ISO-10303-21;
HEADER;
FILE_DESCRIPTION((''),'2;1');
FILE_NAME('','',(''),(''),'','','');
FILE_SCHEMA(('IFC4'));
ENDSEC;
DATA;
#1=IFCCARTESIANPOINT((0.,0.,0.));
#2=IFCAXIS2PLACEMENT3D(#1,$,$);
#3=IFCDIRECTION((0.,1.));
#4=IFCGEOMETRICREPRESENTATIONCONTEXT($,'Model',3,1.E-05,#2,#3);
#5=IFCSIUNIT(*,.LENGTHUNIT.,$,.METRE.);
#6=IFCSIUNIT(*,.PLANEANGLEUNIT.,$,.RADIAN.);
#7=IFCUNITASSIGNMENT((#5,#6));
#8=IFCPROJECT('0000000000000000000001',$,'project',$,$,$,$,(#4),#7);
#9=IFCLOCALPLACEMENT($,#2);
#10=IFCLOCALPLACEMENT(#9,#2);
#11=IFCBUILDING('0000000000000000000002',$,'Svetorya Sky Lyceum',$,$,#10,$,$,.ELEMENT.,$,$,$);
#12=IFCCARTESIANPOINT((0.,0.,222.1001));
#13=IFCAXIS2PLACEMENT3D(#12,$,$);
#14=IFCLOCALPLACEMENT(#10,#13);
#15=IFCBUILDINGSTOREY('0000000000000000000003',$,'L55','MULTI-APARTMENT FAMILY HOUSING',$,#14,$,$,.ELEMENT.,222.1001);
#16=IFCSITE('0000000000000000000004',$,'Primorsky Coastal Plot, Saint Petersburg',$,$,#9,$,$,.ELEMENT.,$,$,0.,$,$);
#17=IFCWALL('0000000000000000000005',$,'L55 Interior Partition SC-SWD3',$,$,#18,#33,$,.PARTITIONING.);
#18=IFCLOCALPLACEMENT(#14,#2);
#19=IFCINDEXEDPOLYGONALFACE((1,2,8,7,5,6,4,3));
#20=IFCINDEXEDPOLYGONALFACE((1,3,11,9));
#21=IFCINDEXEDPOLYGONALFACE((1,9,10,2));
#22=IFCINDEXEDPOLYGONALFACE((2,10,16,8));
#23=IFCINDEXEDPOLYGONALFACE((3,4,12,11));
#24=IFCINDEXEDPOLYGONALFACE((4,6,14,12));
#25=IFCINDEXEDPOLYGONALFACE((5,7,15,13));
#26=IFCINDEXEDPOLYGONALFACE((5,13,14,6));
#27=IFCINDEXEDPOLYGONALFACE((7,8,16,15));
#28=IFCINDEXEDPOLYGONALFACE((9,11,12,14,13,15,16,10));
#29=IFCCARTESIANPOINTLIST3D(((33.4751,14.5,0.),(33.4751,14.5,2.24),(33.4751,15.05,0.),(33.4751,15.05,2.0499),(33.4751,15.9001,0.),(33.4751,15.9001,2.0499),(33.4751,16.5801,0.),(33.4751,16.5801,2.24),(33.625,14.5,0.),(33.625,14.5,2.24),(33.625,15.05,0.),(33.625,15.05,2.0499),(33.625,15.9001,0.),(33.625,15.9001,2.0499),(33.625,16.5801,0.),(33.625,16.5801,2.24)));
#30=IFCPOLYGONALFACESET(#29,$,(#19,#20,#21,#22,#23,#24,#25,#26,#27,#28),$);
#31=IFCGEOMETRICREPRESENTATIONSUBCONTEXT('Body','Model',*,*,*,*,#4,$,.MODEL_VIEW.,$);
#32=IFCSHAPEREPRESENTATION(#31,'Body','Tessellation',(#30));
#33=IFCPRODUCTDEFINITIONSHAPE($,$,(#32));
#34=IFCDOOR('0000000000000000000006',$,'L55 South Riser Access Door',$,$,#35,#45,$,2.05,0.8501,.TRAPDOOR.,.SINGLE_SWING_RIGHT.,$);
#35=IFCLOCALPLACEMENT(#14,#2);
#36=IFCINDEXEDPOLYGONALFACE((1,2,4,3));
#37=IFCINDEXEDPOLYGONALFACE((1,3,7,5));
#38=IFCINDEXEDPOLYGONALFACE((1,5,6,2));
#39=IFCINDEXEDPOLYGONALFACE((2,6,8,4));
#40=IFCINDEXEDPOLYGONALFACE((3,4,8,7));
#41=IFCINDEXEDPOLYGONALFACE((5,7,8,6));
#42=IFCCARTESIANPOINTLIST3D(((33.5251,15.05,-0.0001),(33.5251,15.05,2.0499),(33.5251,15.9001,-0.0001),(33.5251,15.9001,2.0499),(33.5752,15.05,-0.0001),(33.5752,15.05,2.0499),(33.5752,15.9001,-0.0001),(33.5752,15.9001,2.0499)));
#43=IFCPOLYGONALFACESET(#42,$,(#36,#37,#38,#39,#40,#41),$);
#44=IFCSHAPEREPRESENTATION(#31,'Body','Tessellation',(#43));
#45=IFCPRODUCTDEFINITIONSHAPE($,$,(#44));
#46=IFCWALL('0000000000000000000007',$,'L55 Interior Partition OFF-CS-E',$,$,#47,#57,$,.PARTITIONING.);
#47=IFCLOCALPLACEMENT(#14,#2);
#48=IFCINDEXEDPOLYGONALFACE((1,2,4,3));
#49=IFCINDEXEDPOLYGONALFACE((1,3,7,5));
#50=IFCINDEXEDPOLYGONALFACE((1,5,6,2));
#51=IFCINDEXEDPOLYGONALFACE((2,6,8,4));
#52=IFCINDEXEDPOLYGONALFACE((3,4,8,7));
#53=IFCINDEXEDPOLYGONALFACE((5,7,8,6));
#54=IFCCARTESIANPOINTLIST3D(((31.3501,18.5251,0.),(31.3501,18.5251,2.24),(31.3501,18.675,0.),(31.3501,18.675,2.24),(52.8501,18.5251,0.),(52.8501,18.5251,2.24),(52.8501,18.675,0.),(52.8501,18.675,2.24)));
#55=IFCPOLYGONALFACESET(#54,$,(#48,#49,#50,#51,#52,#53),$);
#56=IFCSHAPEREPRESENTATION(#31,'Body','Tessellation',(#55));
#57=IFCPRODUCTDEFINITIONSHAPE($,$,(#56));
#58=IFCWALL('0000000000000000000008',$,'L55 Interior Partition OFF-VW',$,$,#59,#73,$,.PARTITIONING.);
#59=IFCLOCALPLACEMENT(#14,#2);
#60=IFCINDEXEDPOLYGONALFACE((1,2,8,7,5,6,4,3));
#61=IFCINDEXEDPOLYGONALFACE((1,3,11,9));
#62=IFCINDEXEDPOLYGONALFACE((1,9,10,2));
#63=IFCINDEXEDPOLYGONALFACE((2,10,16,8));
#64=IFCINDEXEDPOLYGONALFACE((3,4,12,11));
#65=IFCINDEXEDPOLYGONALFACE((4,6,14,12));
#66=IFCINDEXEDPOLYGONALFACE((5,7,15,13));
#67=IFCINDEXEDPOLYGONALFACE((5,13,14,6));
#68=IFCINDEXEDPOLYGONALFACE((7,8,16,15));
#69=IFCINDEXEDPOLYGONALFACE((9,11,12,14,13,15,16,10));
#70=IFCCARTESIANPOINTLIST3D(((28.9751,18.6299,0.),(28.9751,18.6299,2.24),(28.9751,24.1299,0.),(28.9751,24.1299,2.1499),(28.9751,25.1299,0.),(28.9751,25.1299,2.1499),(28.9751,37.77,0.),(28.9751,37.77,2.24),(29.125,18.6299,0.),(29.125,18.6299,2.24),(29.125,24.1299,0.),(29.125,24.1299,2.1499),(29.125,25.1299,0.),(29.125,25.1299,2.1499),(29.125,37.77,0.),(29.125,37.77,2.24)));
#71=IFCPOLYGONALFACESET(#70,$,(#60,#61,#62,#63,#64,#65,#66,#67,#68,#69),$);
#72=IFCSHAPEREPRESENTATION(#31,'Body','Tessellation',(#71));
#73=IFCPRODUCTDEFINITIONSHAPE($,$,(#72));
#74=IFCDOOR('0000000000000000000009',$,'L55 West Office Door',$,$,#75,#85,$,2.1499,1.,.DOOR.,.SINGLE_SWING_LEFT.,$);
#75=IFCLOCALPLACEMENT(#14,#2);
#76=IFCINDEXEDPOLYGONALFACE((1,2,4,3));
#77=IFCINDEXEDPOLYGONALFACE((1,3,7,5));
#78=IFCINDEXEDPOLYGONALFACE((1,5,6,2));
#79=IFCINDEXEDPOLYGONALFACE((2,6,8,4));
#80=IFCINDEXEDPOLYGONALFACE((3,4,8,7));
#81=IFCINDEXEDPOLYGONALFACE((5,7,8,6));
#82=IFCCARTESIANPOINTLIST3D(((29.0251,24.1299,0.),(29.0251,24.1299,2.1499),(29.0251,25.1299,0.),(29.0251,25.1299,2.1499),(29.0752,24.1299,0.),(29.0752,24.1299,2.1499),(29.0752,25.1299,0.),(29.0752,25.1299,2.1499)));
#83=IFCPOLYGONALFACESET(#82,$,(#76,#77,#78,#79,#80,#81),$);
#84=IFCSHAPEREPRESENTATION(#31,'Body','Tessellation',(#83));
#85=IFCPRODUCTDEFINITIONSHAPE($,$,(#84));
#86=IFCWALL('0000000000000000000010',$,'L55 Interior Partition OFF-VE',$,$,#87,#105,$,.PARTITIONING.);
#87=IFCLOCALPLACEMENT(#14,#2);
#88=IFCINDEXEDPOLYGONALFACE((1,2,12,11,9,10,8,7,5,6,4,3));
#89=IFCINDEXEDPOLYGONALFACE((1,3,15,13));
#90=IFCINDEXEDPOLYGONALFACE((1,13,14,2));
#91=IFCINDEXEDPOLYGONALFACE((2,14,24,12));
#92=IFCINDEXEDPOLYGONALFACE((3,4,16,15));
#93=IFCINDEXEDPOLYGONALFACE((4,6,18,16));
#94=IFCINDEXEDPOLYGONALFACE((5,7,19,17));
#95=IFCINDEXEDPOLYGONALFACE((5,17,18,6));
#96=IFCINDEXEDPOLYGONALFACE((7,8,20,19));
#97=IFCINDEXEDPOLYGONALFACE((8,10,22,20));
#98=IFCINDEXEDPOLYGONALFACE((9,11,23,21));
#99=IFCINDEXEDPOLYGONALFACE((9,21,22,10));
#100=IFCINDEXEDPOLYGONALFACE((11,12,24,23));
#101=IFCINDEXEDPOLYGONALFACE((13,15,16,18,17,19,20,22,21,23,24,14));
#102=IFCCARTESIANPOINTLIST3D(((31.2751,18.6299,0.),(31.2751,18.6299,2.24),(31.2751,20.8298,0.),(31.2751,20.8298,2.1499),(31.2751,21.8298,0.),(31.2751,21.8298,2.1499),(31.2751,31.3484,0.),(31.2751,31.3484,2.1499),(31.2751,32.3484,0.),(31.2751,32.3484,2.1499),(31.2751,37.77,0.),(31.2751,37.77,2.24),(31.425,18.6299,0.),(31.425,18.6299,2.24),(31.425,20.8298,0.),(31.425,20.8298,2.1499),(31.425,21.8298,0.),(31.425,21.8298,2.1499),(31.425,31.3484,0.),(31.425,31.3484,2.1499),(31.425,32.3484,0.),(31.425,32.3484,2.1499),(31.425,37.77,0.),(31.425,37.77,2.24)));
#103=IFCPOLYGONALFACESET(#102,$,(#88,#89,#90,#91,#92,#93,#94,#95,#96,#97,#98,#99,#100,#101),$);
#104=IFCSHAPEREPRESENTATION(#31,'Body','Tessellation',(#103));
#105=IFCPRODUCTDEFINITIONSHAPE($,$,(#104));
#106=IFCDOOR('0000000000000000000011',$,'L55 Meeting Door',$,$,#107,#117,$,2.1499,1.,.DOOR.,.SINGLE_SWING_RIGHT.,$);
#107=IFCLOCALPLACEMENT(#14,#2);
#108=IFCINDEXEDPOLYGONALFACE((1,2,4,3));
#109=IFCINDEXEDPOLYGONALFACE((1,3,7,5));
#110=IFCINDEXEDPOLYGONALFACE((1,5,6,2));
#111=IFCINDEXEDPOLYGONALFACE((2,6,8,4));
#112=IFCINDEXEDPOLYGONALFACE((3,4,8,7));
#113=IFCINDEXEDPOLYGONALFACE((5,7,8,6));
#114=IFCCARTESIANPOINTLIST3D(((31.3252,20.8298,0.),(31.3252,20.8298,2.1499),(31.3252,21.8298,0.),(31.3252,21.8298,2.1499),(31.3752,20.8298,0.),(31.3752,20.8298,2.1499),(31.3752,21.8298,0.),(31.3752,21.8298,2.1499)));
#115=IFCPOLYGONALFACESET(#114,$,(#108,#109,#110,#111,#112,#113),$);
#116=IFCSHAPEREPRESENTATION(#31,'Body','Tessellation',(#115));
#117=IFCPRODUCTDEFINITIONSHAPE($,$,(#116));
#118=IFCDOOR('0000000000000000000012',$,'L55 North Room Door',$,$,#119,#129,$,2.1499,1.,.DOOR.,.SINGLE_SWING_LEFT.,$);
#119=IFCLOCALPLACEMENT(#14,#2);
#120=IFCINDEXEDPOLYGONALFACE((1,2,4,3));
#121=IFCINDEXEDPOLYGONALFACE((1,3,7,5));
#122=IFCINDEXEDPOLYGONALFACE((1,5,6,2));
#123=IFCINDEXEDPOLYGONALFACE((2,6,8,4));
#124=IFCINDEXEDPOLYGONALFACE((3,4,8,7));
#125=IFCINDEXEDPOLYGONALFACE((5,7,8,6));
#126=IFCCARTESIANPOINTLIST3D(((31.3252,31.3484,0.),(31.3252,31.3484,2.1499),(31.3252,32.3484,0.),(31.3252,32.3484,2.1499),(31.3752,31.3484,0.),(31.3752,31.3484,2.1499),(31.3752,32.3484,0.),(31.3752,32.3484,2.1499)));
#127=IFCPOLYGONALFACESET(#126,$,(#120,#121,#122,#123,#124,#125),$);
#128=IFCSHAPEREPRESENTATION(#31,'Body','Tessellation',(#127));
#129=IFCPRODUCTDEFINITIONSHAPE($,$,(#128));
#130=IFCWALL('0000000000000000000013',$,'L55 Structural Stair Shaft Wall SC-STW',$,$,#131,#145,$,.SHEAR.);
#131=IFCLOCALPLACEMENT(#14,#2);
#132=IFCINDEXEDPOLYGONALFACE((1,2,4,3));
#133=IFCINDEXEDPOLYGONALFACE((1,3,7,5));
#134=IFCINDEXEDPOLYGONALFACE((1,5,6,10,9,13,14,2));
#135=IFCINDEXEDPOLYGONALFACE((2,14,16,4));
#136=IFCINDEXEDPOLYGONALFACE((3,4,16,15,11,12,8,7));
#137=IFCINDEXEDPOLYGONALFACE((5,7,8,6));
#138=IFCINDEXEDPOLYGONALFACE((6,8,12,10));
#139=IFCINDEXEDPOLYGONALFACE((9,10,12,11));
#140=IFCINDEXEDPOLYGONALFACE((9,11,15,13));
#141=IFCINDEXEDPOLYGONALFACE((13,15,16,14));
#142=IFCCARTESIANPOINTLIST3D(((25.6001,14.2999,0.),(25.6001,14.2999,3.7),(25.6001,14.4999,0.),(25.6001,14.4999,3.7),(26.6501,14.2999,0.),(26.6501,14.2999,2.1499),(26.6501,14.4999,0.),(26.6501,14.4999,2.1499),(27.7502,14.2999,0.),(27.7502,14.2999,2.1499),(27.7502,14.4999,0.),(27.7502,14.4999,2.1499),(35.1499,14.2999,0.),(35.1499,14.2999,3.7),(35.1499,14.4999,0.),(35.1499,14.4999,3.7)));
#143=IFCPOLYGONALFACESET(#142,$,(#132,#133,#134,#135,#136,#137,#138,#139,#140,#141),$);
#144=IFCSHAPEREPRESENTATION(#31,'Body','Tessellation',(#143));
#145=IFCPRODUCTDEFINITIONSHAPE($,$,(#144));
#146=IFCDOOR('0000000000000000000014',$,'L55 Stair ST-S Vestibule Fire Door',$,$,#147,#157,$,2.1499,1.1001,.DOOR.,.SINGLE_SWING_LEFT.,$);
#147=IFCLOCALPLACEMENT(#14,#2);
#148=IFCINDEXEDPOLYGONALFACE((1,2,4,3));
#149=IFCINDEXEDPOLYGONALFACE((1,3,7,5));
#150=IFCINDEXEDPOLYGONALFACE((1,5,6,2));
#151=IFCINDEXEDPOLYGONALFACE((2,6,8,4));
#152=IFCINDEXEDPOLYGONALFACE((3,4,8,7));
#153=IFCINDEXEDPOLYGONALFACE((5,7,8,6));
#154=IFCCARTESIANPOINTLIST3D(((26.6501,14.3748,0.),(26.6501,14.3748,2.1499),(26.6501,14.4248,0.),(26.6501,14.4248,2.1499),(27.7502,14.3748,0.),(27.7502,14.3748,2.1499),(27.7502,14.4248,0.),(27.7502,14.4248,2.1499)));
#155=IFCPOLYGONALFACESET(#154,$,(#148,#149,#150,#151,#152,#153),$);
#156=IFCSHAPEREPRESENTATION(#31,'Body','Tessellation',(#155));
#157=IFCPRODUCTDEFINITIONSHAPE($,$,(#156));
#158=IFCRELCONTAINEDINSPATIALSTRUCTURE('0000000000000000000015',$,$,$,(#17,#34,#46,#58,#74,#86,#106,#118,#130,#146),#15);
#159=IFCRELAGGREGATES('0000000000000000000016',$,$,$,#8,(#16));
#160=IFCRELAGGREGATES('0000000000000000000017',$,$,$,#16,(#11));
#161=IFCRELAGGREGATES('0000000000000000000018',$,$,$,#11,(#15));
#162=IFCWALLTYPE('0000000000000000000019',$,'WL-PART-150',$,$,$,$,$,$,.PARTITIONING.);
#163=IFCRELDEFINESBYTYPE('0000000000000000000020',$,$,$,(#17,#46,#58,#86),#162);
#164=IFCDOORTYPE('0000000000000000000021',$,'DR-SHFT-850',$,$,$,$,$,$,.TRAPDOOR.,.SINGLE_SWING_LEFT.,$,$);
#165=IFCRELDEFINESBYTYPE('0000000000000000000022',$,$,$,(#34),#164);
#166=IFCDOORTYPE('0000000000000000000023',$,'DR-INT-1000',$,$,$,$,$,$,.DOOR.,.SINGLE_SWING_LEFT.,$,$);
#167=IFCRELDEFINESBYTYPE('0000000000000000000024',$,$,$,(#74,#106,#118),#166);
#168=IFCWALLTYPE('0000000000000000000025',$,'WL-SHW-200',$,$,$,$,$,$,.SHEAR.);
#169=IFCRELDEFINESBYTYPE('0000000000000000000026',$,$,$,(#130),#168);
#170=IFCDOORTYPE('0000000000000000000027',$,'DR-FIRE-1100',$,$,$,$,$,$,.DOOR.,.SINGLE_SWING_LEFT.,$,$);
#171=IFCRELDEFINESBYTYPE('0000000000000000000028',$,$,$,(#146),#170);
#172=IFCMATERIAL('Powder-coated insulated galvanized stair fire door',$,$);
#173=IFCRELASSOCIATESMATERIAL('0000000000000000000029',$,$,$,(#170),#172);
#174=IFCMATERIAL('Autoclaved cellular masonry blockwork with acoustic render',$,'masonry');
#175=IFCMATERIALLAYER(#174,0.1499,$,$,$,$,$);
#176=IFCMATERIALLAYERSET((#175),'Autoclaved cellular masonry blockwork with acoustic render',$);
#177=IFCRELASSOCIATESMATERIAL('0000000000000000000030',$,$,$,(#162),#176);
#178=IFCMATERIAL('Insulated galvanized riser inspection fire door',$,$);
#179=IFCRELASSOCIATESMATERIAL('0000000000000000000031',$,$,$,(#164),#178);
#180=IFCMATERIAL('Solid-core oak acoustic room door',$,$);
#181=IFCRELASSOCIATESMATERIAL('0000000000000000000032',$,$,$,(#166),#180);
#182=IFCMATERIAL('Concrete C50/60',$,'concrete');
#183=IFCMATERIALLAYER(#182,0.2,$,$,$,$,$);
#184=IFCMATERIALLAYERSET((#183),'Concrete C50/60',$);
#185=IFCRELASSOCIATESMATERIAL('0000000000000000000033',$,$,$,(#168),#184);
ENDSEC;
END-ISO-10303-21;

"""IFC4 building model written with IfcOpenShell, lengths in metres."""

from ifc_helpers import new_model, si_unit, direction, frame, frame_2d, origin, place, context, subcontext, project, spatial, rectangle, extrude, material, layer, layer_set, type_object, element, fill, save


model = new_model("IFC4")

# Units and contexts
model_context = context("Model", 3, precision=1e-05, world=origin(), true_north=direction((0.0, 1.0)))
body_context = subcontext(model_context, "Body", "Model", "MODEL_VIEW")
ifc_project = project(units=[si_unit("LENGTHUNIT", "METRE"), si_unit("PLANEANGLEUNIT", "RADIAN")], contexts=[model_context])

# Site, building, storey
site_placement = place(None, origin())
site = spatial("IfcSite", under=ifc_project, at=site_placement, Name="Primorsky Coastal Plot, Saint Petersburg", CompositionType="ELEMENT", RefElevation=0.0)
building_placement = place(site_placement, origin())
building = spatial("IfcBuilding", under=site, at=building_placement, Name="Svetorya Sky Lyceum", CompositionType="ELEMENT")
storey_placement = place(building_placement, frame((0.0, 0.0, 222.1001)))
storey = spatial("IfcBuildingStorey", under=building, at=storey_placement, Name="L55", Description="MULTI-APARTMENT FAMILY HOUSING", CompositionType="ELEMENT", Elevation=222.1001)

# Shared definitions
ifc_material_1 = material(Name="Concrete C50/60", Category="concrete")

# Shared definitions
ifc_material_2 = material(Name="Powder-coated insulated galvanized stair fire door")
door_type_1 = type_object("IfcDoorType", Name="DR-FIRE-1100", OperationType="SINGLE_SWING_LEFT", PredefinedType="DOOR", material=ifc_material_2)

# Shared definitions
ifc_material_3 = material(Name="Autoclaved cellular masonry blockwork with acoustic render", Category="masonry")
ifc_layer_1 = layer(ifc_material_3, 0.1499)
ifc_layer_set_1 = layer_set([ifc_layer_1], Name="Autoclaved cellular masonry blockwork with acoustic render")
wall_type_1 = type_object("IfcWallType", Name="WL-PART-150", PredefinedType="PARTITIONING", material=ifc_layer_set_1)

# Wall, opening, door
wall_1_placement = place(storey_placement, frame((33.55, 14.5, 0.0), z_axis=(0.0, 0.0, 1.0), x_axis=(0.0, 1.0, 0.0)))
wall_1 = element("IfcWall", 1, at=wall_1_placement, inside=storey, type_object=wall_type_1, Name="L55 Interior Partition SC-SWD3", PredefinedType="PARTITIONING", context=body_context, shape_type="SweptSolid", body=[
    extrude(rectangle(XDim=2.0801, YDim=0.1499, at=frame_2d((1.04, 0.0))), origin(), (0.0, 0.0, 1.0), 2.24),
])
opening_1_placement = place(wall_1_placement, frame((0.55, 0.0, 0.0)))
opening_1 = element("IfcOpeningElement", 2, at=opening_1_placement, cuts=wall_1, PredefinedType="OPENING", context=body_context, shape_type="SweptSolid", body=[
    extrude(rectangle(XDim=0.8501, YDim=2.05, at=frame_2d((0.425, 1.0249))), frame((0.0, 0.085, 0.0), z_axis=(0.0, -1.0, 0.0), x_axis=(1.0, 0.0, 0.0)), (0.0, 0.0, 1.0), 0.1699),
])
ifc_material_4 = material(Name="Insulated galvanized riser inspection fire door")
door_type_2 = type_object("IfcDoorType", Name="DR-SHFT-850", OperationType="SINGLE_SWING_LEFT", PredefinedType="TRAPDOOR", material=ifc_material_4)
door_1_placement = place(opening_1_placement, origin())
door_1 = element("IfcDoor", 3, at=door_1_placement, inside=storey, type_object=door_type_2, Name="L55 South Riser Access Door", OperationType="SINGLE_SWING_RIGHT", OverallHeight=2.05, OverallWidth=0.8501, PredefinedType="TRAPDOOR", context=body_context, shape_type="SweptSolid", body=[
    extrude(rectangle(XDim=0.8501, YDim=2.05, at=frame_2d((0.425, 1.0249))), frame((0.0, 0.0249, 0.0), z_axis=(0.0, -1.0, 0.0), x_axis=(1.0, 0.0, 0.0)), (0.0, 0.0, 1.0), 0.05),
])
fill(opening_1, door_1)

# Wall
wall_2_placement = place(storey_placement, frame((31.3501, 18.6001, 0.0), z_axis=(0.0, 0.0, 1.0), x_axis=(1.0, 0.0, 0.0)))
element("IfcWall", 4, at=wall_2_placement, inside=storey, type_object=wall_type_1, Name="L55 Interior Partition OFF-CS-E", PredefinedType="PARTITIONING", context=body_context, shape_type="SweptSolid", body=[
    extrude(rectangle(XDim=21.5, YDim=0.1499, at=frame_2d((10.75, 0.0))), origin(), (0.0, 0.0, 1.0), 2.24),
])

# Wall, opening, door
wall_3_placement = place(storey_placement, frame((29.05, 18.6299, 0.0), z_axis=(0.0, 0.0, 1.0), x_axis=(0.0, 1.0, 0.0)))
wall_3 = element("IfcWall", 5, at=wall_3_placement, inside=storey, type_object=wall_type_1, Name="L55 Interior Partition OFF-VW", PredefinedType="PARTITIONING", context=body_context, shape_type="SweptSolid", body=[
    extrude(rectangle(XDim=19.1401, YDim=0.1499, at=frame_2d((9.5701, 0.0))), origin(), (0.0, 0.0, 1.0), 2.24),
])
opening_2_placement = place(wall_3_placement, frame((5.5, 0.0, 0.0)))
opening_2 = element("IfcOpeningElement", 6, at=opening_2_placement, cuts=wall_3, PredefinedType="OPENING", context=body_context, shape_type="SweptSolid", body=[
    extrude(rectangle(XDim=1.0, YDim=2.1499, at=frame_2d((0.5, 1.075))), frame((0.0, 0.085, 0.0), z_axis=(0.0, -1.0, 0.0), x_axis=(1.0, 0.0, 0.0)), (0.0, 0.0, 1.0), 0.1699),
])
ifc_material_5 = material(Name="Solid-core oak acoustic room door")
door_type_3 = type_object("IfcDoorType", Name="DR-INT-1000", OperationType="SINGLE_SWING_LEFT", PredefinedType="DOOR", material=ifc_material_5)
door_2_placement = place(opening_2_placement, origin())
door_2 = element("IfcDoor", 7, at=door_2_placement, inside=storey, type_object=door_type_3, Name="L55 West Office Door", OperationType="SINGLE_SWING_LEFT", OverallHeight=2.1499, OverallWidth=1.0, PredefinedType="DOOR", context=body_context, shape_type="SweptSolid", body=[
    extrude(rectangle(XDim=1.0, YDim=2.1499, at=frame_2d((0.5, 1.075))), frame((0.0, 0.0249, 0.0), z_axis=(0.0, -1.0, 0.0), x_axis=(1.0, 0.0, 0.0)), (0.0, 0.0, 1.0), 0.05),
])
fill(opening_2, door_2)

# Wall, openings, doors
wall_4_placement = place(storey_placement, frame((31.3501, 18.6299, 0.0), z_axis=(0.0, 0.0, 1.0), x_axis=(0.0, 1.0, 0.0)))
wall_4 = element("IfcWall", 8, at=wall_4_placement, inside=storey, type_object=wall_type_1, Name="L55 Interior Partition OFF-VE", PredefinedType="PARTITIONING", context=body_context, shape_type="SweptSolid", body=[
    extrude(rectangle(XDim=19.1401, YDim=0.1499, at=frame_2d((9.5701, 0.0))), origin(), (0.0, 0.0, 1.0), 2.24),
])
opening_3_placement = place(wall_4_placement, frame((2.2, 0.0, 0.0)))
opening_3 = element("IfcOpeningElement", 9, at=opening_3_placement, cuts=wall_4, PredefinedType="OPENING", context=body_context, shape_type="SweptSolid", body=[
    extrude(rectangle(XDim=1.0, YDim=2.1499, at=frame_2d((0.5, 1.075))), frame((0.0, 0.085, 0.0), z_axis=(0.0, -1.0, 0.0), x_axis=(1.0, 0.0, 0.0)), (0.0, 0.0, 1.0), 0.1699),
])
opening_4_placement = place(wall_4_placement, frame((12.7185, 0.0, 0.0)))
opening_4 = element("IfcOpeningElement", 10, at=opening_4_placement, cuts=wall_4, PredefinedType="OPENING", context=body_context, shape_type="SweptSolid", body=[
    extrude(rectangle(XDim=1.0, YDim=2.1499, at=frame_2d((0.5, 1.075))), frame((0.0, 0.085, 0.0), z_axis=(0.0, -1.0, 0.0), x_axis=(1.0, 0.0, 0.0)), (0.0, 0.0, 1.0), 0.1699),
])
door_3_placement = place(opening_3_placement, origin())
door_3 = element("IfcDoor", 11, at=door_3_placement, inside=storey, type_object=door_type_3, Name="L55 Meeting Door", OperationType="SINGLE_SWING_RIGHT", OverallHeight=2.1499, OverallWidth=1.0, PredefinedType="DOOR", context=body_context, shape_type="SweptSolid", body=[
    extrude(rectangle(XDim=1.0, YDim=2.1499, at=frame_2d((0.5, 1.075))), frame((0.0, 0.0249, 0.0), z_axis=(0.0, -1.0, 0.0), x_axis=(1.0, 0.0, 0.0)), (0.0, 0.0, 1.0), 0.05),
])
fill(opening_3, door_3)
door_4_placement = place(opening_4_placement, origin())
door_4 = element("IfcDoor", 12, at=door_4_placement, inside=storey, type_object=door_type_3, Name="L55 North Room Door", OperationType="SINGLE_SWING_LEFT", OverallHeight=2.1499, OverallWidth=1.0, PredefinedType="DOOR", context=body_context, shape_type="SweptSolid", body=[
    extrude(rectangle(XDim=1.0, YDim=2.1499, at=frame_2d((0.5, 1.075))), frame((0.0, 0.0249, 0.0), z_axis=(0.0, -1.0, 0.0), x_axis=(1.0, 0.0, 0.0)), (0.0, 0.0, 1.0), 0.05),
])
fill(opening_4, door_4)

# Wall, opening, door
ifc_layer_2 = layer(ifc_material_1, 0.2)
ifc_layer_set_2 = layer_set([ifc_layer_2], Name="Concrete C50/60")
wall_type_2 = type_object("IfcWallType", Name="WL-SHW-200", PredefinedType="SHEAR", material=ifc_layer_set_2)
wall_5_placement = place(storey_placement, frame((25.6001, 14.3999, 0.0), z_axis=(0.0, 0.0, 1.0), x_axis=(1.0, 0.0, 0.0)))
wall_5 = element("IfcWall", 13, at=wall_5_placement, inside=storey, type_object=wall_type_2, Name="L55 Structural Stair Shaft Wall SC-STW", PredefinedType="SHEAR", context=body_context, shape_type="SweptSolid", body=[
    extrude(rectangle(XDim=9.5498, YDim=0.2, at=frame_2d((4.7749, 0.0))), origin(), (0.0, 0.0, 1.0), 3.7),
])
opening_5_placement = place(wall_5_placement, frame((1.05, 0.0, 0.0)))
opening_5 = element("IfcOpeningElement", 14, at=opening_5_placement, cuts=wall_5, PredefinedType="OPENING", context=body_context, shape_type="SweptSolid", body=[
    extrude(rectangle(XDim=1.1001, YDim=2.1499, at=frame_2d((0.55, 1.075))), frame((0.0, 0.1099, 0.0), z_axis=(0.0, -1.0, 0.0), x_axis=(1.0, 0.0, 0.0)), (0.0, 0.0, 1.0), 0.22),
])
door_5_placement = place(opening_5_placement, origin())
door_5 = element("IfcDoor", 15, at=door_5_placement, inside=storey, type_object=door_type_1, Name="L55 Stair ST-S Vestibule Fire Door", OperationType="SINGLE_SWING_LEFT", OverallHeight=2.1499, OverallWidth=1.1001, PredefinedType="DOOR", context=body_context, shape_type="SweptSolid", body=[
    extrude(rectangle(XDim=1.1001, YDim=2.1499, at=frame_2d((0.55, 1.075))), frame((0.0, 0.0249, 0.0), z_axis=(0.0, -1.0, 0.0), x_axis=(1.0, 0.0, 0.0)), (0.0, 0.0, 1.0), 0.05),
])
fill(opening_5, door_5)

save(model, "model.ifc")
